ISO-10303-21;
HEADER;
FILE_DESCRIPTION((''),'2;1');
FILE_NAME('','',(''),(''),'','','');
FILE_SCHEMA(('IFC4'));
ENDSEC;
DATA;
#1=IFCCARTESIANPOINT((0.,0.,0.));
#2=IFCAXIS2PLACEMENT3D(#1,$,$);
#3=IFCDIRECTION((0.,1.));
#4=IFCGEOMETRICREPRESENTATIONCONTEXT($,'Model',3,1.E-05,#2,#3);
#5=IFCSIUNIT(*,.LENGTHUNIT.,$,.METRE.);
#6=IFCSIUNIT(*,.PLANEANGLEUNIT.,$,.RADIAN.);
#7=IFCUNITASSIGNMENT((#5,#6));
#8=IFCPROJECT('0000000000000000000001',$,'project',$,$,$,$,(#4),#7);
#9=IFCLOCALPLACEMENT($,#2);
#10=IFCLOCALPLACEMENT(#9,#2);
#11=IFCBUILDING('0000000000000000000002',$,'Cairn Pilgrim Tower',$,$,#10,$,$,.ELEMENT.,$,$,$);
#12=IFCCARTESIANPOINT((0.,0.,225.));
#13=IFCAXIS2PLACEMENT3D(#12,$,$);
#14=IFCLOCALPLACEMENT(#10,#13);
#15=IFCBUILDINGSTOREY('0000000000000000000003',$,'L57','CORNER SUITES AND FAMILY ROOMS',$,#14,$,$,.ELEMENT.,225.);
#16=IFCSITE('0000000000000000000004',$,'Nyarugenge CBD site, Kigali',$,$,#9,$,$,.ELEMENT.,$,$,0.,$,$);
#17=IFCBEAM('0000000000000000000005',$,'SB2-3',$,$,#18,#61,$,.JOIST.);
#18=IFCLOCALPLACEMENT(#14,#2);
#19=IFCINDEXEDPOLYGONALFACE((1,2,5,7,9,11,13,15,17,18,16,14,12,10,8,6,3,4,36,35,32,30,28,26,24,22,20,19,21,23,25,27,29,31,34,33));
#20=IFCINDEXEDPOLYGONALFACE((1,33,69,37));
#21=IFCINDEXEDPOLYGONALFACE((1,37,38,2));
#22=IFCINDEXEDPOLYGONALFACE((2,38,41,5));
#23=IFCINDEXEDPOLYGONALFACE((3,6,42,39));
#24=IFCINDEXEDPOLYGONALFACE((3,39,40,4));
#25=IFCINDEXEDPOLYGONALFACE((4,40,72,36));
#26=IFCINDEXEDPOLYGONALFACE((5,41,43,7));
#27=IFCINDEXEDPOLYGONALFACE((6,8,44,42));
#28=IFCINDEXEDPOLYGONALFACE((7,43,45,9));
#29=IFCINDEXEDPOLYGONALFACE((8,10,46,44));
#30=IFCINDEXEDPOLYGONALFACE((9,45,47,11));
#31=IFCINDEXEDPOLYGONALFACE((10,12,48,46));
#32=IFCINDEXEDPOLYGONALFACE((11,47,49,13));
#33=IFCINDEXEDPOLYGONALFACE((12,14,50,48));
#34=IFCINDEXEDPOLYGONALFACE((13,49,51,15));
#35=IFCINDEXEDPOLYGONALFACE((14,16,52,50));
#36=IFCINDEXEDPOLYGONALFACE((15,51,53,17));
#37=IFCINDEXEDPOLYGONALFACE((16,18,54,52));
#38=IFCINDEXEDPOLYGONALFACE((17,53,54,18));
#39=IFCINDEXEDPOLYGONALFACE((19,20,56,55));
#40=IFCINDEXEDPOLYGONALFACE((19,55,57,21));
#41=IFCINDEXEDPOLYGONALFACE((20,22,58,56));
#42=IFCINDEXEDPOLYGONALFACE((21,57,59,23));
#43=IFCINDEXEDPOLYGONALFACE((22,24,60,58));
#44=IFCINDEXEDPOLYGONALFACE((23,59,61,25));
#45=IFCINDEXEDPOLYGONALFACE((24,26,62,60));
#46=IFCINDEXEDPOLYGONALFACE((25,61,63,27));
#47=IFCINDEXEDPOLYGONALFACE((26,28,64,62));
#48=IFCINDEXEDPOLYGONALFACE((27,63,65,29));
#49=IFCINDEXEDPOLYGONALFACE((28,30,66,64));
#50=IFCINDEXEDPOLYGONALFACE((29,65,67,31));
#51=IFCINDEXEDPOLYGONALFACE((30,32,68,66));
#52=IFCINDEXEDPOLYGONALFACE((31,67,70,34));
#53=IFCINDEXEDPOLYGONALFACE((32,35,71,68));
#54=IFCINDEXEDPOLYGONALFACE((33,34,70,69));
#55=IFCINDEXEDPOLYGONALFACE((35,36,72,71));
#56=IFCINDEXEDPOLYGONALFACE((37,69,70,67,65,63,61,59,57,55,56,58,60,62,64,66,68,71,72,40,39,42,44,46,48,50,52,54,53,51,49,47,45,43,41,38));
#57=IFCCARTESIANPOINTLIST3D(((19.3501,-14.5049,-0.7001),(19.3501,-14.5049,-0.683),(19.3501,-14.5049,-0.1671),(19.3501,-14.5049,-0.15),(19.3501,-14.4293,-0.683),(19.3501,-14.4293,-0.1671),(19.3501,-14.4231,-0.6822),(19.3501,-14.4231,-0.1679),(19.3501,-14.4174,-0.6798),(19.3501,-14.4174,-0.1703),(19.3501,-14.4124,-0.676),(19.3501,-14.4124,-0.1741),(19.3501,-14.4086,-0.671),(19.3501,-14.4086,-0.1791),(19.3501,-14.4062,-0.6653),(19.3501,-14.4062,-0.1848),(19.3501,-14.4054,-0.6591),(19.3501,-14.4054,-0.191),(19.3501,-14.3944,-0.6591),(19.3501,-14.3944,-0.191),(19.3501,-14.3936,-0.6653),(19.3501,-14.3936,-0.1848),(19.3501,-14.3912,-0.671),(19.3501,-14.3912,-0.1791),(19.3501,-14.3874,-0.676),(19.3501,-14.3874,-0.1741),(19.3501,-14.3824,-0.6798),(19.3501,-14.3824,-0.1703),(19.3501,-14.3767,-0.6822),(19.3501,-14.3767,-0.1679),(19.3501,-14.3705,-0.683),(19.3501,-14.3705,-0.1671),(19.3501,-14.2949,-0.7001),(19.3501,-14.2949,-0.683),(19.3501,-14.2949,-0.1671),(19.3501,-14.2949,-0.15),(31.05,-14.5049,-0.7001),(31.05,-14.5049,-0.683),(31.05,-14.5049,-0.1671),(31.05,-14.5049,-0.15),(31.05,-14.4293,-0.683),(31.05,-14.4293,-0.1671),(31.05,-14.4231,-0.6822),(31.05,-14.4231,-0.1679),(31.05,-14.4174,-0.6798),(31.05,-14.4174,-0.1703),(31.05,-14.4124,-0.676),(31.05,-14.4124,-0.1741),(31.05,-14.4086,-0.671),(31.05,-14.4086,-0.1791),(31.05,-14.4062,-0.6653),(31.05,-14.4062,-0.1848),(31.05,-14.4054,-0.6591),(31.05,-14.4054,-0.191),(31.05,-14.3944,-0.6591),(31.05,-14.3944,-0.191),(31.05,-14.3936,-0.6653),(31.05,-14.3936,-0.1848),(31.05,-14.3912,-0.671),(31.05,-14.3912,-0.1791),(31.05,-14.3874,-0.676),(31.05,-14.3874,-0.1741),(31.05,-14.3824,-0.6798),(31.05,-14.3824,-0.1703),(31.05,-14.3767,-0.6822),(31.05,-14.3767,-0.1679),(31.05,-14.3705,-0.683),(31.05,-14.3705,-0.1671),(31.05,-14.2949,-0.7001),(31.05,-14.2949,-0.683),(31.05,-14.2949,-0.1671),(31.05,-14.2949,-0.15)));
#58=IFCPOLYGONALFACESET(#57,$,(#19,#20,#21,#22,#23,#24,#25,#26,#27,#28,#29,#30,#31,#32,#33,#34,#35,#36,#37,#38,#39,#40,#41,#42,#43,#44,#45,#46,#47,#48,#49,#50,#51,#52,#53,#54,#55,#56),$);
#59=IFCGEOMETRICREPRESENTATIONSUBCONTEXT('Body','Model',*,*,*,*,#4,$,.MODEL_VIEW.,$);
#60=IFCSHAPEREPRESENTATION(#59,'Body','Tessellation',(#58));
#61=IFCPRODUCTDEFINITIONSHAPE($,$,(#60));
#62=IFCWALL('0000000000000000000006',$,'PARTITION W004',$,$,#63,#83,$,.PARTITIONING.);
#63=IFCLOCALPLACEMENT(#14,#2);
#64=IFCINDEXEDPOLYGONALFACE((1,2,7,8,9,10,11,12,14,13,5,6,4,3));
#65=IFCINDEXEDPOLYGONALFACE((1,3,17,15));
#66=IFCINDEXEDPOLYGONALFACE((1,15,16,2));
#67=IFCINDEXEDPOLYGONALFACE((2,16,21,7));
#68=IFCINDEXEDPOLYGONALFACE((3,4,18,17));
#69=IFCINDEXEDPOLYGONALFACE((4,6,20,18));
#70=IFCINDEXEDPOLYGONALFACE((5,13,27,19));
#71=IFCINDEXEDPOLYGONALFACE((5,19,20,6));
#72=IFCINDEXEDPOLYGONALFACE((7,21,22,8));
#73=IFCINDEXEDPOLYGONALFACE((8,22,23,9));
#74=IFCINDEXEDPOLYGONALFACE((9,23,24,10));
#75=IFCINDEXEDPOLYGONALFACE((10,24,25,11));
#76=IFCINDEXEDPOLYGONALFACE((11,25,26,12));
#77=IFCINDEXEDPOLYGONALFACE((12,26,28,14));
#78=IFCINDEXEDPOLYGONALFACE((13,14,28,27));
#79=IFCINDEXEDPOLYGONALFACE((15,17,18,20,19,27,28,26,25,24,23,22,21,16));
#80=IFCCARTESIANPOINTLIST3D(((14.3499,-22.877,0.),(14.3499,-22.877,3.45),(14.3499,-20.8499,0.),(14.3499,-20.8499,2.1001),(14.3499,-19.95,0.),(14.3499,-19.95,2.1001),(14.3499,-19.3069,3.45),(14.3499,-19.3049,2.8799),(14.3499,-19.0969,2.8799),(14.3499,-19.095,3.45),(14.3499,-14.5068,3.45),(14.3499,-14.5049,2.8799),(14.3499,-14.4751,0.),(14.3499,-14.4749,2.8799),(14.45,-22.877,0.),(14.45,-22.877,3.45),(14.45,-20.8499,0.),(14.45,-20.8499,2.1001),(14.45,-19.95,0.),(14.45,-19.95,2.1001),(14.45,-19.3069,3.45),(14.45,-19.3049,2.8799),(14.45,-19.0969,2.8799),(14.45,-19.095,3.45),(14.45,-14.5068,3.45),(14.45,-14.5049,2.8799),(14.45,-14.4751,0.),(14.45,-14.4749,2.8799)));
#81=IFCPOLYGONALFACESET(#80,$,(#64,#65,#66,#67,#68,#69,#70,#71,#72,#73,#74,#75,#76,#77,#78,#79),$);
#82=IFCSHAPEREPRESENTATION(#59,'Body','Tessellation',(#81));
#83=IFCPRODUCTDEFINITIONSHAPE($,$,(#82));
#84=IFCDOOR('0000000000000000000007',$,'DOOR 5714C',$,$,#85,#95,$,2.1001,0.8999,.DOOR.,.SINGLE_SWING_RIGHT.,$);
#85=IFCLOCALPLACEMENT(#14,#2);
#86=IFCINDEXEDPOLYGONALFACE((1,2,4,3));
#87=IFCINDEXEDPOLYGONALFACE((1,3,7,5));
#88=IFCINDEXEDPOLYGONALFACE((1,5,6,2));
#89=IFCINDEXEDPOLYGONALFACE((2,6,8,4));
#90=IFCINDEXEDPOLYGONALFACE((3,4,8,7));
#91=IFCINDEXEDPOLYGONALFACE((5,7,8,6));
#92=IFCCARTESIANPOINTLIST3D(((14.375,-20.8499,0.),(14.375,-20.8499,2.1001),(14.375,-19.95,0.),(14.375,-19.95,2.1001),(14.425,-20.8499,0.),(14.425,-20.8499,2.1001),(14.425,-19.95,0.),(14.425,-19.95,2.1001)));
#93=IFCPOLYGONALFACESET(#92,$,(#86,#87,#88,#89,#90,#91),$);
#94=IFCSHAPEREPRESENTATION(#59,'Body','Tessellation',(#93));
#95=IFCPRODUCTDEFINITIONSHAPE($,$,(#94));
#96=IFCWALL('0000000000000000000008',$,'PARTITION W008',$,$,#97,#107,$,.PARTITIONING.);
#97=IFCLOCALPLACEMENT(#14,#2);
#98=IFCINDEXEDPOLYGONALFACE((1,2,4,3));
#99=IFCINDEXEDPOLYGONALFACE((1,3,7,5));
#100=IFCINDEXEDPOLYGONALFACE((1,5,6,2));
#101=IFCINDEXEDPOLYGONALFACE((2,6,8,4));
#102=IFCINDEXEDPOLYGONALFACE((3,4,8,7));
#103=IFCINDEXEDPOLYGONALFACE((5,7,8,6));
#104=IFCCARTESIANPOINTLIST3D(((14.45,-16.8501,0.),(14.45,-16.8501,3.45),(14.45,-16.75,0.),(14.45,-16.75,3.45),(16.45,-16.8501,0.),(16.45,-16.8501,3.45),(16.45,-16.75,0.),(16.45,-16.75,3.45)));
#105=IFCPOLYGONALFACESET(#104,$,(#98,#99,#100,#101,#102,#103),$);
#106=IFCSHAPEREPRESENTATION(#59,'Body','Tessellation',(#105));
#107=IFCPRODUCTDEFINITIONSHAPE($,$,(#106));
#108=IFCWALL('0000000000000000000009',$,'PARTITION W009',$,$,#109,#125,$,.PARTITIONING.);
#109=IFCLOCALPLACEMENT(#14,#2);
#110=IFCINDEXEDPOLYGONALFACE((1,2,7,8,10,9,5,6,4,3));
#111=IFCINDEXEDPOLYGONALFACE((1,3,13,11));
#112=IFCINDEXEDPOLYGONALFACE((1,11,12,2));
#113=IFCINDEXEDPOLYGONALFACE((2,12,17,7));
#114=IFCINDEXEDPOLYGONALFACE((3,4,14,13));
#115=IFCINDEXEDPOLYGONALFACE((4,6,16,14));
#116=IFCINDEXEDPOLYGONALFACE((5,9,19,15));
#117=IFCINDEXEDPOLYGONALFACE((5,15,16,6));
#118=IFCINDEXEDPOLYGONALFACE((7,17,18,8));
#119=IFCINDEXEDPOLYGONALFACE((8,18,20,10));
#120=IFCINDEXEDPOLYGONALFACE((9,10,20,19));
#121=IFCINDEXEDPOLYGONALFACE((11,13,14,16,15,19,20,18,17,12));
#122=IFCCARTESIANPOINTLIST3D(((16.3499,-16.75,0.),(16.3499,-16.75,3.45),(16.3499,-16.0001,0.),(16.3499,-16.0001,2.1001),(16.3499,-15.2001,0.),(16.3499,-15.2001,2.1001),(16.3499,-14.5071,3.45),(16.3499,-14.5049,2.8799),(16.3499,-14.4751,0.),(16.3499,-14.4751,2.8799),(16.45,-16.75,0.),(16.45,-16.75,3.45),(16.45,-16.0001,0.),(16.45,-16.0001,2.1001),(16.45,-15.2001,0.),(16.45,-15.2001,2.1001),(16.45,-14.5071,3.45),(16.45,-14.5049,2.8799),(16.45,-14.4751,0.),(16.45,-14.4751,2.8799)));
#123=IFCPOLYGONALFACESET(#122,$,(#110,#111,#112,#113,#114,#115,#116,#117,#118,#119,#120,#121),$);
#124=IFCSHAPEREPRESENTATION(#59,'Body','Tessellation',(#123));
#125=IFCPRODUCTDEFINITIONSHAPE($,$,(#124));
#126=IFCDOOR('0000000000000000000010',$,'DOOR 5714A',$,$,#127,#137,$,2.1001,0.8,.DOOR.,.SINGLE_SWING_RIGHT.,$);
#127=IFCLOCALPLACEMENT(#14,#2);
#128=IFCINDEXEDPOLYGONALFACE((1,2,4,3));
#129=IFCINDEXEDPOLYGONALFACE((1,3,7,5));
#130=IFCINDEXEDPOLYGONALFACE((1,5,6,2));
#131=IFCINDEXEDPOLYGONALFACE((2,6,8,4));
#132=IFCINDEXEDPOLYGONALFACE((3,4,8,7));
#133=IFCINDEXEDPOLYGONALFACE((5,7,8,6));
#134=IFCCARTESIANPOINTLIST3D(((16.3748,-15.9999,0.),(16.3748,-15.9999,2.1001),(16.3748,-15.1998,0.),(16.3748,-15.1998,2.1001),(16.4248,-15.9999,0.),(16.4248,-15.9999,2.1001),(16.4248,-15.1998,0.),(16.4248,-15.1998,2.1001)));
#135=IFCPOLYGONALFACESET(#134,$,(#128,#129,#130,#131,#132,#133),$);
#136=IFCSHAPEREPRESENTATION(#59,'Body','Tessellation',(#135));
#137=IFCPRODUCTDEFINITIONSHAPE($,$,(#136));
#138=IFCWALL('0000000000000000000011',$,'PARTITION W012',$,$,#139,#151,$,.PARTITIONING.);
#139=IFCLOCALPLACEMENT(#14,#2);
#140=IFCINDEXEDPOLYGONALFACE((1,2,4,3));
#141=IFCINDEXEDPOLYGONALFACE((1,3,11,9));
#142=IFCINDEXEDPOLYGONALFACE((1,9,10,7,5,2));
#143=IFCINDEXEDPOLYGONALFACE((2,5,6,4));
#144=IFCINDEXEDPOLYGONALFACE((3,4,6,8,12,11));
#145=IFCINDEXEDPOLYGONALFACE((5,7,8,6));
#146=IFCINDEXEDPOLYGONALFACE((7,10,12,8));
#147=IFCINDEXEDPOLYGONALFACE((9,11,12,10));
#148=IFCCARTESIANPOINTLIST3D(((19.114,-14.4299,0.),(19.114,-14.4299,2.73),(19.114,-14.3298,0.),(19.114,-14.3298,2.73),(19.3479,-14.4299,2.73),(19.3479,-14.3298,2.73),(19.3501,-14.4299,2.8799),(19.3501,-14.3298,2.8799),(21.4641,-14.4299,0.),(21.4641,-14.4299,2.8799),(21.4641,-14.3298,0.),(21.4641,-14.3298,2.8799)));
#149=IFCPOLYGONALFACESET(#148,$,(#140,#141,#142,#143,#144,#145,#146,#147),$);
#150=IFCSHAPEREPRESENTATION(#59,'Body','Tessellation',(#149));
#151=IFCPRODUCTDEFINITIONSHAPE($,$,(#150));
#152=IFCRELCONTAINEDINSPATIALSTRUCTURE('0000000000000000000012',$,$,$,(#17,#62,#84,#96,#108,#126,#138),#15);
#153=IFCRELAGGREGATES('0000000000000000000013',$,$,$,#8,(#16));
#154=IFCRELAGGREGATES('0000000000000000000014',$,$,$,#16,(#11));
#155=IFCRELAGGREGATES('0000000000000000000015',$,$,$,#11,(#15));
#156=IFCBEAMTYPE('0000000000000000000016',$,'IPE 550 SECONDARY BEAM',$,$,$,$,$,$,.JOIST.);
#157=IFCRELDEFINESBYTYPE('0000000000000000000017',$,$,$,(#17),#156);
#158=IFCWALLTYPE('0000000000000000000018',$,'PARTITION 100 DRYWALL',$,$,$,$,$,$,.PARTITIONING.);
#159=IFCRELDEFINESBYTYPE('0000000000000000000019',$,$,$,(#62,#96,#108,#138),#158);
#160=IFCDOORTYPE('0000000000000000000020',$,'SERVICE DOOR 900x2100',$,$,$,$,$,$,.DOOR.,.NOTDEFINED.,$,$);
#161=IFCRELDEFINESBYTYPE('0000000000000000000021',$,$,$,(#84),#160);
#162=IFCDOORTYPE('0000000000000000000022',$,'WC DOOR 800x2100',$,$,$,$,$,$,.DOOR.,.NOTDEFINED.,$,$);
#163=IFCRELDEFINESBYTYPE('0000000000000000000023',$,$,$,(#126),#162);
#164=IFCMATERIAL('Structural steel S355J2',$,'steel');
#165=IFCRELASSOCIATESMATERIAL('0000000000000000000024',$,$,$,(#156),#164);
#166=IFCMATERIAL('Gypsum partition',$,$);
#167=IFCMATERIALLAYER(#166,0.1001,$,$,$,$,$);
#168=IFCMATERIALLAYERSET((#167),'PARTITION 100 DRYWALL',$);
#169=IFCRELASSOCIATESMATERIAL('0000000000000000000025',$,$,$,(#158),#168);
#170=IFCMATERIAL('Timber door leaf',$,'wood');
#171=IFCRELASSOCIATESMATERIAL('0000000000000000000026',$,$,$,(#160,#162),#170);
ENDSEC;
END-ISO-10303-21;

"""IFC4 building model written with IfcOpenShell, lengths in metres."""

from ifc_helpers import new_model, si_unit, direction, frame, frame_2d, origin, origin_2d, place, context, subcontext, project, spatial, polyline, rectangle, i_section, outline, extrude, material, layer, layer_set, material_profile, profile_set, type_object, element, fill, save


model = new_model("IFC4")

# Units and contexts
model_context = context("Model", 3, precision=1e-05, world=origin(), true_north=direction((0.0, 1.0)))
body_context = subcontext(model_context, "Body", "Model", "MODEL_VIEW")
ifc_project = project(units=[si_unit("LENGTHUNIT", "METRE"), si_unit("PLANEANGLEUNIT", "RADIAN")], contexts=[model_context])

# Site, building, storey
site_placement = place(None, origin())
site = spatial("IfcSite", under=ifc_project, at=site_placement, Name="Nyarugenge CBD site, Kigali", CompositionType="ELEMENT", RefElevation=0.0)
building_placement = place(site_placement, origin())
building = spatial("IfcBuilding", under=site, at=building_placement, Name="Cairn Pilgrim Tower", CompositionType="ELEMENT")
storey_placement = place(building_placement, frame((0.0, 0.0, 225.0)))
storey = spatial("IfcBuildingStorey", under=building, at=storey_placement, Name="L57", Description="CORNER SUITES AND FAMILY ROOMS", CompositionType="ELEMENT", Elevation=225.0)

# Beam
ifc_material_1 = material(Name="Structural steel S355J2", Category="steel")
ifc_material_profile_1 = material_profile(ifc_material_1, i_section(OverallWidth=0.21, OverallDepth=0.55, WebThickness=0.011, FlangeThickness=0.0171, FilletRadius=0.0239, at=origin_2d()), Name="IPE 550")
ifc_profile_set_1 = profile_set([ifc_material_profile_1], Name="Structural steel S355J2")
beam_type_1 = type_object("IfcBeamType", Name="IPE 550 SECONDARY BEAM", PredefinedType="JOIST", material=ifc_profile_set_1)
beam_1_placement = place(storey_placement, frame((19.3501, -14.3999, -0.425), z_axis=(1.0, 0.0, 0.0), x_axis=(0.0, 1.0, 0.0)))
element("IfcBeam", 1, at=beam_1_placement, inside=storey, type_object=beam_type_1, Name="SB2-3", PredefinedType="JOIST", context=body_context, shape_type="SweptSolid", body=[
    extrude(i_section(OverallWidth=0.21, OverallDepth=0.55, WebThickness=0.011, FlangeThickness=0.0171, FilletRadius=0.0239, at=origin_2d()), origin(), (0.0, 0.0, 1.0), 11.7),
])

# Wall, opening, door
ifc_material_2 = material(Name="Gypsum partition")
ifc_layer_1 = layer(ifc_material_2, 0.1001)
ifc_layer_set_1 = layer_set([ifc_layer_1], Name="PARTITION 100 DRYWALL")
wall_type_1 = type_object("IfcWallType", Name="PARTITION 100 DRYWALL", PredefinedType="PARTITIONING", material=ifc_layer_set_1)
wall_1_placement = place(storey_placement, frame((14.3999, -22.877, 0.0), z_axis=(0.0, 0.0, 1.0), x_axis=(0.0, 1.0, 0.0)))
wall_1 = element("IfcWall", 2, at=wall_1_placement, inside=storey, type_object=wall_type_1, Name="PARTITION W004", PredefinedType="PARTITIONING", context=body_context, shape_type="SweptSolid", body=[
    extrude(outline(polyline([(0.0, 0.0), (8.4019, 0.0), (8.4021, 2.8799), (8.3721, 2.8799), (8.3701, 3.45), (3.782, 3.45), (3.78, 2.8799), (3.572, 2.8799), (3.5701, 3.45), (0.0, 3.45), (0.0, 0.0)])), frame((0.0, 0.05, 0.0), z_axis=(0.0, -1.0, 0.0), x_axis=(1.0, 0.0, 0.0)), (0.0, 0.0, 1.0), 0.1001),
])
opening_1_placement = place(wall_1_placement, frame((2.0271, 0.0, 0.0)))
opening_1 = element("IfcOpeningElement", 3, at=opening_1_placement, cuts=wall_1, PredefinedType="OPENING", context=body_context, shape_type="SweptSolid", body=[
    extrude(rectangle(XDim=0.8999, YDim=2.1001, at=frame_2d((0.45, 1.05))), frame((0.0, 0.0601, 0.0), z_axis=(0.0, -1.0, 0.0), x_axis=(1.0, 0.0, 0.0)), (0.0, 0.0, 1.0), 0.1201),
])
ifc_material_3 = material(Name="Timber door leaf", Category="wood")
door_type_1 = type_object("IfcDoorType", Name="SERVICE DOOR 900x2100", OperationType="NOTDEFINED", PredefinedType="DOOR", material=ifc_material_3)
door_1_placement = place(opening_1_placement, origin())
door_1 = element("IfcDoor", 4, at=door_1_placement, inside=storey, type_object=door_type_1, Name="DOOR 5714C", OperationType="SINGLE_SWING_RIGHT", OverallHeight=2.1001, OverallWidth=0.8999, PredefinedType="DOOR", context=body_context, shape_type="SweptSolid", body=[
    extrude(rectangle(XDim=0.8999, YDim=2.1001, at=frame_2d((0.45, 1.05))), frame((0.0, 0.0249, 0.0), z_axis=(0.0, -1.0, 0.0), x_axis=(1.0, 0.0, 0.0)), (0.0, 0.0, 1.0), 0.05),
])
fill(opening_1, door_1)

# Wall
wall_2_placement = place(storey_placement, frame((14.45, -16.8, 0.0), z_axis=(0.0, 0.0, 1.0), x_axis=(1.0, 0.0, 0.0)))
element("IfcWall", 5, at=wall_2_placement, inside=storey, type_object=wall_type_1, Name="PARTITION W008", PredefinedType="PARTITIONING", context=body_context, shape_type="SweptSolid", body=[
    extrude(rectangle(XDim=2.0, YDim=0.1001, at=frame_2d((1.0, 0.0))), origin(), (0.0, 0.0, 1.0), 3.45),
])

# Wall, opening, door
wall_3_placement = place(storey_placement, frame((16.3999, -16.75, 0.0), z_axis=(0.0, 0.0, 1.0), x_axis=(0.0, 1.0, 0.0)))
wall_3 = element("IfcWall", 6, at=wall_3_placement, inside=storey, type_object=wall_type_1, Name="PARTITION W009", PredefinedType="PARTITIONING", context=body_context, shape_type="SweptSolid", body=[
    extrude(outline(polyline([(0.0, 0.0), (2.2749, 0.0), (2.2749, 2.8799), (2.2451, 2.8799), (2.2429, 3.45), (0.0, 3.45), (0.0, 0.0)])), frame((0.0, 0.05, 0.0), z_axis=(0.0, -1.0, 0.0), x_axis=(1.0, 0.0, 0.0)), (0.0, 0.0, 1.0), 0.1001),
])
opening_2_placement = place(wall_3_placement, frame((0.75, 0.0, 0.0)))
opening_2 = element("IfcOpeningElement", 7, at=opening_2_placement, cuts=wall_3, PredefinedType="OPENING", context=body_context, shape_type="SweptSolid", body=[
    extrude(rectangle(XDim=0.8, YDim=2.1001, at=frame_2d((0.3999, 1.05))), frame((0.0, 0.0601, 0.0), z_axis=(0.0, -1.0, 0.0), x_axis=(1.0, 0.0, 0.0)), (0.0, 0.0, 1.0), 0.1201),
])
door_type_2 = type_object("IfcDoorType", Name="WC DOOR 800x2100", OperationType="NOTDEFINED", PredefinedType="DOOR", material=ifc_material_3)
door_2_placement = place(opening_2_placement, frame((0.8, 0.0, 0.0), z_axis=(0.0, 0.0, 1.0), x_axis=(-1.0, 0.0, 0.0)))
door_2 = element("IfcDoor", 8, at=door_2_placement, inside=storey, type_object=door_type_2, Name="DOOR 5714A", OperationType="SINGLE_SWING_RIGHT", OverallHeight=2.1001, OverallWidth=0.8, PredefinedType="DOOR", context=body_context, shape_type="SweptSolid", body=[
    extrude(rectangle(XDim=0.8, YDim=2.1001, at=frame_2d((0.3999, 1.05))), frame((0.0, 0.0249, 0.0), z_axis=(0.0, -1.0, 0.0), x_axis=(1.0, 0.0, 0.0)), (0.0, 0.0, 1.0), 0.05),
])
fill(opening_2, door_2)

# Wall
wall_4_placement = place(storey_placement, frame((19.114, -14.3799, 0.0), z_axis=(0.0, 0.0, 1.0), x_axis=(1.0, 0.0, 0.0)))
element("IfcWall", 9, at=wall_4_placement, inside=storey, type_object=wall_type_1, Name="PARTITION W012", PredefinedType="PARTITIONING", context=body_context, shape_type="SweptSolid", body=[
    extrude(outline(polyline([(0.0, 0.0), (2.3501, 0.0), (2.3501, 2.8799), (0.2361, 2.8799), (0.2339, 2.73), (0.0, 2.73), (0.0, 0.0)])), frame((0.0, 0.05, 0.0), z_axis=(0.0, -1.0, 0.0), x_axis=(1.0, 0.0, 0.0)), (0.0, 0.0, 1.0), 0.1001),
])

save(model, "model.ifc")
